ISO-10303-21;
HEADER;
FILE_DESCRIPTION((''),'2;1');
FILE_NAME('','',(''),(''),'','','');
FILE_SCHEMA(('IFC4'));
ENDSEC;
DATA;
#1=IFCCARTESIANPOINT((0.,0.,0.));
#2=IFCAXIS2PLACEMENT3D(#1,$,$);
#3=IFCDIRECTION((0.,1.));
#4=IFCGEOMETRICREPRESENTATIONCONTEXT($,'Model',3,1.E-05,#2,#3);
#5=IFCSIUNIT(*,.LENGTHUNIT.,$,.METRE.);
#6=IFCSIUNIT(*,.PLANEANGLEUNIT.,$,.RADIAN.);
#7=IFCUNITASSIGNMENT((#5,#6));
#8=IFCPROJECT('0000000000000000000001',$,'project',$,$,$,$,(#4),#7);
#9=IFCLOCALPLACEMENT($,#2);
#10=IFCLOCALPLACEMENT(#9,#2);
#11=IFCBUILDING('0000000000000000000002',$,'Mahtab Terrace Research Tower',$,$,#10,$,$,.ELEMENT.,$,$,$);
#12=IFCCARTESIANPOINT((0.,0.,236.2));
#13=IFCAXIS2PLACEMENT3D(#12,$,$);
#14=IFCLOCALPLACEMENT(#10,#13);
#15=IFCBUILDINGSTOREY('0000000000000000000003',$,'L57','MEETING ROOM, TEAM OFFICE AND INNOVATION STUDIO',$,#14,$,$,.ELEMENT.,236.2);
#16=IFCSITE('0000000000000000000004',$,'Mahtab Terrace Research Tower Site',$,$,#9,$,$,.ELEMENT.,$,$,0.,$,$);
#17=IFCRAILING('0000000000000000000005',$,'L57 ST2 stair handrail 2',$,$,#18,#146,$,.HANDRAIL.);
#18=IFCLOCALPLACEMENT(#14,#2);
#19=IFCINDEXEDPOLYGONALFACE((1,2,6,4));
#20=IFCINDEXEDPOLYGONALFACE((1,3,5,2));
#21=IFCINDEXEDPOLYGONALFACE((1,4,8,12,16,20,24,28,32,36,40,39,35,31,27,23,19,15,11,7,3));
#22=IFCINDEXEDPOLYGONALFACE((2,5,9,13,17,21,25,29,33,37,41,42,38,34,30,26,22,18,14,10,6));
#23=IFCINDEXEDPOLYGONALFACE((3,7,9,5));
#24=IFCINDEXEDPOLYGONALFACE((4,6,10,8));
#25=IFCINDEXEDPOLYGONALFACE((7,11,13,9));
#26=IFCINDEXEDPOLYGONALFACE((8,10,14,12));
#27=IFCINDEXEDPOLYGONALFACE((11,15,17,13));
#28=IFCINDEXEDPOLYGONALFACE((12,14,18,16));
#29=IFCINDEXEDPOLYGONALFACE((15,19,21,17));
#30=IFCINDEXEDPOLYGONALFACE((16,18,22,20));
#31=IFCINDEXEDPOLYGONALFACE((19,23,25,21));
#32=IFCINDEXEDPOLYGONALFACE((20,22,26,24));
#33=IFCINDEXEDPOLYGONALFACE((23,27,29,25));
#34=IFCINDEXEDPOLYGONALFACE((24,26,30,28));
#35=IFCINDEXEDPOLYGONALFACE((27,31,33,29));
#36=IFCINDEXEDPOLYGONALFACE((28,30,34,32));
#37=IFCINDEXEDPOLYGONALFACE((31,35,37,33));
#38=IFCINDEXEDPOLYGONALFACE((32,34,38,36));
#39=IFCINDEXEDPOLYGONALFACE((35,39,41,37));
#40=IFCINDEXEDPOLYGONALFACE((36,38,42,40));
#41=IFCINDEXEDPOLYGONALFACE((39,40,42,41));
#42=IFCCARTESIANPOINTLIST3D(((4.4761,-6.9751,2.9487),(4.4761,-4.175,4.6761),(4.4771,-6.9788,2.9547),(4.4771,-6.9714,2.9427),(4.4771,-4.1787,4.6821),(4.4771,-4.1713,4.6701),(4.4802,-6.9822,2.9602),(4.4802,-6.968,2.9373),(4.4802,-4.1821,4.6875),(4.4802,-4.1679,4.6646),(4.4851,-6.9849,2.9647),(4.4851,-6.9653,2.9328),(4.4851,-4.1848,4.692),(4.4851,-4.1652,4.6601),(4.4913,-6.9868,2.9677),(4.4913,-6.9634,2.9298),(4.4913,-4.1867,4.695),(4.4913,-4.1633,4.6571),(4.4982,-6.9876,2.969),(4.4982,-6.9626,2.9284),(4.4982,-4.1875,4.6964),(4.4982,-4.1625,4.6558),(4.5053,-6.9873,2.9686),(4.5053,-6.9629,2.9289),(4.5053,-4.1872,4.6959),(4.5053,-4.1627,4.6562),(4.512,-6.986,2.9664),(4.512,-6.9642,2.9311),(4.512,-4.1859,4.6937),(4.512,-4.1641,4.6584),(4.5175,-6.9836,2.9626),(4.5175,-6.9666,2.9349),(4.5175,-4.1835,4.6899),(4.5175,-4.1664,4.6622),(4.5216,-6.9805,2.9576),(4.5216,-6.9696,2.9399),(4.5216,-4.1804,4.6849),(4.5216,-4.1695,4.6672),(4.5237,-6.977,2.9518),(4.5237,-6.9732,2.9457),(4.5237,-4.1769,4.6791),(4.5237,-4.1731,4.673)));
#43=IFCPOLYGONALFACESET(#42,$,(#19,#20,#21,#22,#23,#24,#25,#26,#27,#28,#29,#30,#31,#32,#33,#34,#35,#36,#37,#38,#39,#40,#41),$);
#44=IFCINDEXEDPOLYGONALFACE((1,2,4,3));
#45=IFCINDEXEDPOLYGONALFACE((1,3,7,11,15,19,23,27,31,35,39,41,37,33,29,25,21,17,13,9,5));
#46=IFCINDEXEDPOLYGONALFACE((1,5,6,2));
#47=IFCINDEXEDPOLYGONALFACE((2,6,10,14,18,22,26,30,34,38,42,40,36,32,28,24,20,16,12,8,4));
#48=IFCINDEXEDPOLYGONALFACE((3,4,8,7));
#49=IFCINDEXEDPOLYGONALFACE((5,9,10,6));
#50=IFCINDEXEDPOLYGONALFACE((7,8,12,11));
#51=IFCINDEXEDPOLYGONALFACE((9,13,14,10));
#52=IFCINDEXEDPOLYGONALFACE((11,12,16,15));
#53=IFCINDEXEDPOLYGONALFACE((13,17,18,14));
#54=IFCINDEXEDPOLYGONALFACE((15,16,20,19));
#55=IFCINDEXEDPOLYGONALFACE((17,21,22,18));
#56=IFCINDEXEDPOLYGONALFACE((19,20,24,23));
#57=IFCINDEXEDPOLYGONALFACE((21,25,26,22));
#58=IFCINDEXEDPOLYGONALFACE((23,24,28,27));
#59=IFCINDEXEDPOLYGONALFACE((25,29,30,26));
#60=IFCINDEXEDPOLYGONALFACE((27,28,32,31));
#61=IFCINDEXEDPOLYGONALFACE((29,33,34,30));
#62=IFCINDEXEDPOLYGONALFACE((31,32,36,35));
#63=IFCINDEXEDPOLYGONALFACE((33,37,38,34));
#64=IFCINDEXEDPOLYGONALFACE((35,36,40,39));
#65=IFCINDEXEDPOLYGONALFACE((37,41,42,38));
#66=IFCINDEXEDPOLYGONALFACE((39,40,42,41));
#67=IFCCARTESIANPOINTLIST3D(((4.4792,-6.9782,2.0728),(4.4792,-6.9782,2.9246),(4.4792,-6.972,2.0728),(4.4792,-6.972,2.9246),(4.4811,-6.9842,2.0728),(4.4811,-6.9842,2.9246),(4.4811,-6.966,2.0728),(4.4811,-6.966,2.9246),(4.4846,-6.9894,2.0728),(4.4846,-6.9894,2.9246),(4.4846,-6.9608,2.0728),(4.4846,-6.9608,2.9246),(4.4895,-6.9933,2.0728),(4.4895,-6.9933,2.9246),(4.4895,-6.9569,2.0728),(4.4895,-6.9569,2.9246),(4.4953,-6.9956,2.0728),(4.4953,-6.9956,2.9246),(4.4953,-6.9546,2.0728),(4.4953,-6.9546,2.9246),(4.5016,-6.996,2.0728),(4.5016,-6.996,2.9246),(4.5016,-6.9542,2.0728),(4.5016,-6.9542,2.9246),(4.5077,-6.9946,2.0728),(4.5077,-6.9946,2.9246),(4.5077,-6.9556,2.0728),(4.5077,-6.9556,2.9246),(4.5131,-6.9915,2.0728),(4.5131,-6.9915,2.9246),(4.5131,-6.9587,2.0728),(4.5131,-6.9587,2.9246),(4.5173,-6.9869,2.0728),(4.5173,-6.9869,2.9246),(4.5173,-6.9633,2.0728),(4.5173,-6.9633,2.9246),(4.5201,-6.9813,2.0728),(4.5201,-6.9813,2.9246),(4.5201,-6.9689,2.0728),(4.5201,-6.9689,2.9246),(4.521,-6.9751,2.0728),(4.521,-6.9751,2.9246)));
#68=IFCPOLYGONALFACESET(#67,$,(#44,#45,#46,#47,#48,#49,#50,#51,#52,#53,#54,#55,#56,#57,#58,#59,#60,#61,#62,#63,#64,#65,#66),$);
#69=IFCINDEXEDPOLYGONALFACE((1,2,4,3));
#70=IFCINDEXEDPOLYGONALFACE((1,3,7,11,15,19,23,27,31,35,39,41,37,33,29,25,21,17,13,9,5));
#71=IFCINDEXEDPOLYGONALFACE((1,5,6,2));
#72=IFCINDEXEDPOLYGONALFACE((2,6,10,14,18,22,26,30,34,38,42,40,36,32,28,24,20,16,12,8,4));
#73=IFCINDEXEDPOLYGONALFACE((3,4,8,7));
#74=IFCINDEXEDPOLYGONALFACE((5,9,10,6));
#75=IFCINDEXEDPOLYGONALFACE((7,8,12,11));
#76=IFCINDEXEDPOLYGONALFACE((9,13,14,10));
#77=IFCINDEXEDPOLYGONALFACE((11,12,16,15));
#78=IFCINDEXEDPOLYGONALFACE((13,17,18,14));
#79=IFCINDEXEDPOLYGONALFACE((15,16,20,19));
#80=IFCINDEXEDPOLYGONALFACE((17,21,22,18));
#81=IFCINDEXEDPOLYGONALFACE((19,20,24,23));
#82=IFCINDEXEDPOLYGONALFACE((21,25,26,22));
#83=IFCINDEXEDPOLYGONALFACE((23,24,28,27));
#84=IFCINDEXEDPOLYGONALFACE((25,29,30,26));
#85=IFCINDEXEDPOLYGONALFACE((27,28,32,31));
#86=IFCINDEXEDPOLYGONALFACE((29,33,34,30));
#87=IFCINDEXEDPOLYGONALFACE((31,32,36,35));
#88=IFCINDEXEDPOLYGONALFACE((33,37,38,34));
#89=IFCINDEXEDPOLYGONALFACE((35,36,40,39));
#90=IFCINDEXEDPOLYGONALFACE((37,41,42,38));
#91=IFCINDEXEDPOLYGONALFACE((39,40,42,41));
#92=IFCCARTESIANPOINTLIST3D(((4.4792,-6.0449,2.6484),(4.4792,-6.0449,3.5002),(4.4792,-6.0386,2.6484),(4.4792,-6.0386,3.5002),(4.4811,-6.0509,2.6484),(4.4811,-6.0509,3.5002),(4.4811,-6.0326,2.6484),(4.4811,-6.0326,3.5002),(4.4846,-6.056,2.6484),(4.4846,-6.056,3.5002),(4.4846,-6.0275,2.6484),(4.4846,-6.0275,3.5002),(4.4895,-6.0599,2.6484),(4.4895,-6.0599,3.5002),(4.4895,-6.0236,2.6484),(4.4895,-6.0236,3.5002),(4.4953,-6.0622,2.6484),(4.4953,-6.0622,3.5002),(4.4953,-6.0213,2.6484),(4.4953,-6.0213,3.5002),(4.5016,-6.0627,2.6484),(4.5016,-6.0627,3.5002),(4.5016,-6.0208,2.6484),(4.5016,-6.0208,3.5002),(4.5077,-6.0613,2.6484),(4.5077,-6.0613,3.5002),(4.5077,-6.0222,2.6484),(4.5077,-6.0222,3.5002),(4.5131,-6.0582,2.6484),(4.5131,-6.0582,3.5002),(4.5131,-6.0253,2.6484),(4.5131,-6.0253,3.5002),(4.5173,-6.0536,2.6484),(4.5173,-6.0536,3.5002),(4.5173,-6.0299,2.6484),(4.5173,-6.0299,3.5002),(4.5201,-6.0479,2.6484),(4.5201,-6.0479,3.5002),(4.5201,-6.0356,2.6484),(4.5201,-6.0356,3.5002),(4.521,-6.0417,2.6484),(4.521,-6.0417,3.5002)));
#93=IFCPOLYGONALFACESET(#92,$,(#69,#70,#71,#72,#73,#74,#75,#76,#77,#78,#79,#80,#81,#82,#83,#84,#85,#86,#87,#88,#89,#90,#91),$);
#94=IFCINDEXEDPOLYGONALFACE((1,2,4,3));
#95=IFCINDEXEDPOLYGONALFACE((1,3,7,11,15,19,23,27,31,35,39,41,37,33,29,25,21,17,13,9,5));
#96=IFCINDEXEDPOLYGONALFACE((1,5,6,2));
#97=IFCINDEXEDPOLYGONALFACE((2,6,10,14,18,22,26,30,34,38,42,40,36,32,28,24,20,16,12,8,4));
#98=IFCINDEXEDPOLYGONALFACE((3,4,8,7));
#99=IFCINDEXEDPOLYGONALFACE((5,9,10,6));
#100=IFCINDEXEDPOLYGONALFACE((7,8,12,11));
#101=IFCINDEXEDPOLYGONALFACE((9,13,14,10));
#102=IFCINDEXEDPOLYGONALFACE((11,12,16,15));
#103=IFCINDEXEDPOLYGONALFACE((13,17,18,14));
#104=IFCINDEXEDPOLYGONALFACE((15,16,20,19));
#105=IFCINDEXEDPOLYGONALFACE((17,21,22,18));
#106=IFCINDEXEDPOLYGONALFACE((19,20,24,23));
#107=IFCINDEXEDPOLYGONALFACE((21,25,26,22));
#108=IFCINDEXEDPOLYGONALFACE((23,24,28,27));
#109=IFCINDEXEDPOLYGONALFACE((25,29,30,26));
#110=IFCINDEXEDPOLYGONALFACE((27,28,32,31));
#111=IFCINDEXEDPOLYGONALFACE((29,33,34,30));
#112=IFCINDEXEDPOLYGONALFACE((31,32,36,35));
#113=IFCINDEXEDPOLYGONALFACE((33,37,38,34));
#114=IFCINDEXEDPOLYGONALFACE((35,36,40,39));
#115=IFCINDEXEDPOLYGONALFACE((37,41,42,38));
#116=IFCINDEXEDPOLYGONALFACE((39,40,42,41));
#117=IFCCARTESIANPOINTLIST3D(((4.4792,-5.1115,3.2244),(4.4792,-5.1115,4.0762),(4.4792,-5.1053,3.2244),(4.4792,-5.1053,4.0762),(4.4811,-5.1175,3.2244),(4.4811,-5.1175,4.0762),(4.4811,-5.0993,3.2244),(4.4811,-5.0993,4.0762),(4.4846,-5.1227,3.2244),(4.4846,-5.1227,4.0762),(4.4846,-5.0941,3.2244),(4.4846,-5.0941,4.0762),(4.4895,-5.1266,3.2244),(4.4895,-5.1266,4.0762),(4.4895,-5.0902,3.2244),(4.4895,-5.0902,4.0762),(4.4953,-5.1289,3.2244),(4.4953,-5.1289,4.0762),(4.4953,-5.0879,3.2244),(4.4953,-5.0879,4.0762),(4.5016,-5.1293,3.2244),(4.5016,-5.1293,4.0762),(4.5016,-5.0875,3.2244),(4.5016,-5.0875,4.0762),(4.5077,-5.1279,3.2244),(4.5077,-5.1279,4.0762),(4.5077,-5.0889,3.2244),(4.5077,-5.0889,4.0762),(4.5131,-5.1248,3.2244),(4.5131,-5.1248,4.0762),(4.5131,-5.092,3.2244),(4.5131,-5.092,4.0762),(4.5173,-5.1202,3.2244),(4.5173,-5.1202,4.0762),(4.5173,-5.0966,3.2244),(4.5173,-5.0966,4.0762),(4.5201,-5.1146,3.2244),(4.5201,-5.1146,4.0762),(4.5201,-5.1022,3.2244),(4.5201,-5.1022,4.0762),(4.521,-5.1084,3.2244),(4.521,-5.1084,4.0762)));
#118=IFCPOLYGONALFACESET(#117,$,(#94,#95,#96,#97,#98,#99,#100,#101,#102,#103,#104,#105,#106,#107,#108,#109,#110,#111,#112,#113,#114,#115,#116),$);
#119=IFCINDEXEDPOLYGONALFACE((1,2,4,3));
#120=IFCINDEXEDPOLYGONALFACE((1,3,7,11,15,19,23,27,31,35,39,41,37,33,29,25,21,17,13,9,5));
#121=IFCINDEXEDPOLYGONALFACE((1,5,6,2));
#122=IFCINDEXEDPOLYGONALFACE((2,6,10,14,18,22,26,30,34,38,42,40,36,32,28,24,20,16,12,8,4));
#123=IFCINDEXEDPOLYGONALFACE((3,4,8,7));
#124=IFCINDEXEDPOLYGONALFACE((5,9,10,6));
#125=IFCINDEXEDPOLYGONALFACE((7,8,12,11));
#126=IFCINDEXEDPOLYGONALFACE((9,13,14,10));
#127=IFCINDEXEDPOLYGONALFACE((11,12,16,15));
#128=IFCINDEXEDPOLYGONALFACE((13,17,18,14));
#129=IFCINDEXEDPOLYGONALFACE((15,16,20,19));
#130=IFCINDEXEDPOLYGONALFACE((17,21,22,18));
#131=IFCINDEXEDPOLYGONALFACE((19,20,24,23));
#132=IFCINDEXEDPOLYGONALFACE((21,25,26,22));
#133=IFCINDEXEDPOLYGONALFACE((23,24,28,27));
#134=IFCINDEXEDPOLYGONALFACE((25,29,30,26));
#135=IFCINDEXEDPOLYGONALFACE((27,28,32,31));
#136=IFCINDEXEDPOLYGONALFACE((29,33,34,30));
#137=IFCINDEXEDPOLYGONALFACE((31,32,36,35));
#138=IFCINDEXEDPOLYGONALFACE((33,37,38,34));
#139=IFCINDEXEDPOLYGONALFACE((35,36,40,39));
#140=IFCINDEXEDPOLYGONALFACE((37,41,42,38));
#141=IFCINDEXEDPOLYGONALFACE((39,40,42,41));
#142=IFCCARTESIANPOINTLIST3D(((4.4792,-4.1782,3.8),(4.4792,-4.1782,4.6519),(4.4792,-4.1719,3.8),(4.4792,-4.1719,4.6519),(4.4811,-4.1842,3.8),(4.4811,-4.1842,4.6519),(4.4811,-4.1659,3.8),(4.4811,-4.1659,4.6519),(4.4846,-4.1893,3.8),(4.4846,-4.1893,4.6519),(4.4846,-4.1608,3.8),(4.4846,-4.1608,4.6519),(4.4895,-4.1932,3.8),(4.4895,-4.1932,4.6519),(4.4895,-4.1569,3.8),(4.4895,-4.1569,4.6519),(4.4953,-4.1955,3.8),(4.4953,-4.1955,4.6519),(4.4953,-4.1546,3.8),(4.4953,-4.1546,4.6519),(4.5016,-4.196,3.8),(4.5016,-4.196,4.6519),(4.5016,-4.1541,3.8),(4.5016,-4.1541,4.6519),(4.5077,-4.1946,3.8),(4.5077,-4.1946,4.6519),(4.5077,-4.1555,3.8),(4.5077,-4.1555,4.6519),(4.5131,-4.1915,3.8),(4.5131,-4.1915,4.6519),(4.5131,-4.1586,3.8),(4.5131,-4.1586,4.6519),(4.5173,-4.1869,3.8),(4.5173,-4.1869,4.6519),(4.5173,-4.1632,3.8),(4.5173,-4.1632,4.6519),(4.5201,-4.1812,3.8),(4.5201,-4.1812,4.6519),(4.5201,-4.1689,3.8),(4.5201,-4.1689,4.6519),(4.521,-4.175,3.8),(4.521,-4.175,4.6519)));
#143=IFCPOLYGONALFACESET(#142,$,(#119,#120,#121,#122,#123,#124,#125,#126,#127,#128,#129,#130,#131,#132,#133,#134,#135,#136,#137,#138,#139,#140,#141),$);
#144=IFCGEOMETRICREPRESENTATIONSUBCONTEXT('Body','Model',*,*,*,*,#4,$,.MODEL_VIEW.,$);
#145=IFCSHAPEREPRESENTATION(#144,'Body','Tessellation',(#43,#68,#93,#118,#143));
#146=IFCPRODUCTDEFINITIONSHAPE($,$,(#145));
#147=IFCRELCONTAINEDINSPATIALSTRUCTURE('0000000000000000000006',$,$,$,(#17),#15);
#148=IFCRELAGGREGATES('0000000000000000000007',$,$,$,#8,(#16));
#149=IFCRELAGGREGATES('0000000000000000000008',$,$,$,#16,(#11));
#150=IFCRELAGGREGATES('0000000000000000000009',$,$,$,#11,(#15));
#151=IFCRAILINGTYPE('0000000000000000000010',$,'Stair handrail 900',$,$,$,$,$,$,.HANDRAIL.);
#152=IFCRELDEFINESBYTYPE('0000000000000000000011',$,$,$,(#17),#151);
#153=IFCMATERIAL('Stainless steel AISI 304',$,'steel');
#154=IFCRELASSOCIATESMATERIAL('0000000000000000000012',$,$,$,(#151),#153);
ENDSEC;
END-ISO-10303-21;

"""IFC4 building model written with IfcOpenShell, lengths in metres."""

from ifc_helpers import new_model, si_unit, direction, frame, origin, origin_2d, place, context, subcontext, project, spatial, circle, extrude, material, type_object, element, save


model = new_model("IFC4")

# Units and contexts
model_context = context("Model", 3, precision=1e-05, world=origin(), true_north=direction((0.0, 1.0)))
body_context = subcontext(model_context, "Body", "Model", "MODEL_VIEW")
ifc_project = project(units=[si_unit("LENGTHUNIT", "METRE"), si_unit("PLANEANGLEUNIT", "RADIAN")], contexts=[model_context])

# Site, building, storey
site_placement = place(None, origin())
site = spatial("IfcSite", under=ifc_project, at=site_placement, Name="Mahtab Terrace Research Tower Site", CompositionType="ELEMENT", RefElevation=0.0)
building_placement = place(site_placement, origin())
building = spatial("IfcBuilding", under=site, at=building_placement, Name="Mahtab Terrace Research Tower", CompositionType="ELEMENT")
storey_placement = place(building_placement, frame((0.0, 0.0, 236.2)))
storey = spatial("IfcBuildingStorey", under=building, at=storey_placement, Name="L57", Description="MEETING ROOM, TEAM OFFICE AND INNOVATION STUDIO", CompositionType="ELEMENT", Elevation=236.2)

# Railing
ifc_material_1 = material(Name="Stainless steel AISI 304", Category="steel")
railing_type_1 = type_object("IfcRailingType", Name="Stair handrail 900", PredefinedType="HANDRAIL", material=ifc_material_1)
railing_1_placement = place(storey_placement, frame((4.5, -6.9751, 2.0728)))
element("IfcRailing", 1, at=railing_1_placement, inside=storey, type_object=railing_type_1, Name="L57 ST2 stair handrail 2", PredefinedType="HANDRAIL", context=body_context, shape_type="SweptSolid", body=[
    extrude(circle(Radius=0.0239, at=origin_2d()), frame((0.0, 0.0, 0.876), z_axis=(0.0, 0.85109, 0.52502), x_axis=(-1.0, 0.0, 0.0)), (0.0, 0.0, 1.0), 3.29),
    extrude(circle(Radius=0.021, at=origin_2d()), origin(), (0.0, 0.0, 1.0), 0.8518),
    extrude(circle(Radius=0.021, at=origin_2d()), frame((0.0, 0.9333, 0.5757)), (0.0, 0.0, 1.0), 0.8518),
    extrude(circle(Radius=0.021, at=origin_2d()), frame((0.0, 1.8667, 1.1516)), (0.0, 0.0, 1.0), 0.8518),
    extrude(circle(Radius=0.021, at=origin_2d()), frame((0.0, 2.8, 1.7273)), (0.0, 0.0, 1.0), 0.8518),
])

save(model, "model.ifc")
